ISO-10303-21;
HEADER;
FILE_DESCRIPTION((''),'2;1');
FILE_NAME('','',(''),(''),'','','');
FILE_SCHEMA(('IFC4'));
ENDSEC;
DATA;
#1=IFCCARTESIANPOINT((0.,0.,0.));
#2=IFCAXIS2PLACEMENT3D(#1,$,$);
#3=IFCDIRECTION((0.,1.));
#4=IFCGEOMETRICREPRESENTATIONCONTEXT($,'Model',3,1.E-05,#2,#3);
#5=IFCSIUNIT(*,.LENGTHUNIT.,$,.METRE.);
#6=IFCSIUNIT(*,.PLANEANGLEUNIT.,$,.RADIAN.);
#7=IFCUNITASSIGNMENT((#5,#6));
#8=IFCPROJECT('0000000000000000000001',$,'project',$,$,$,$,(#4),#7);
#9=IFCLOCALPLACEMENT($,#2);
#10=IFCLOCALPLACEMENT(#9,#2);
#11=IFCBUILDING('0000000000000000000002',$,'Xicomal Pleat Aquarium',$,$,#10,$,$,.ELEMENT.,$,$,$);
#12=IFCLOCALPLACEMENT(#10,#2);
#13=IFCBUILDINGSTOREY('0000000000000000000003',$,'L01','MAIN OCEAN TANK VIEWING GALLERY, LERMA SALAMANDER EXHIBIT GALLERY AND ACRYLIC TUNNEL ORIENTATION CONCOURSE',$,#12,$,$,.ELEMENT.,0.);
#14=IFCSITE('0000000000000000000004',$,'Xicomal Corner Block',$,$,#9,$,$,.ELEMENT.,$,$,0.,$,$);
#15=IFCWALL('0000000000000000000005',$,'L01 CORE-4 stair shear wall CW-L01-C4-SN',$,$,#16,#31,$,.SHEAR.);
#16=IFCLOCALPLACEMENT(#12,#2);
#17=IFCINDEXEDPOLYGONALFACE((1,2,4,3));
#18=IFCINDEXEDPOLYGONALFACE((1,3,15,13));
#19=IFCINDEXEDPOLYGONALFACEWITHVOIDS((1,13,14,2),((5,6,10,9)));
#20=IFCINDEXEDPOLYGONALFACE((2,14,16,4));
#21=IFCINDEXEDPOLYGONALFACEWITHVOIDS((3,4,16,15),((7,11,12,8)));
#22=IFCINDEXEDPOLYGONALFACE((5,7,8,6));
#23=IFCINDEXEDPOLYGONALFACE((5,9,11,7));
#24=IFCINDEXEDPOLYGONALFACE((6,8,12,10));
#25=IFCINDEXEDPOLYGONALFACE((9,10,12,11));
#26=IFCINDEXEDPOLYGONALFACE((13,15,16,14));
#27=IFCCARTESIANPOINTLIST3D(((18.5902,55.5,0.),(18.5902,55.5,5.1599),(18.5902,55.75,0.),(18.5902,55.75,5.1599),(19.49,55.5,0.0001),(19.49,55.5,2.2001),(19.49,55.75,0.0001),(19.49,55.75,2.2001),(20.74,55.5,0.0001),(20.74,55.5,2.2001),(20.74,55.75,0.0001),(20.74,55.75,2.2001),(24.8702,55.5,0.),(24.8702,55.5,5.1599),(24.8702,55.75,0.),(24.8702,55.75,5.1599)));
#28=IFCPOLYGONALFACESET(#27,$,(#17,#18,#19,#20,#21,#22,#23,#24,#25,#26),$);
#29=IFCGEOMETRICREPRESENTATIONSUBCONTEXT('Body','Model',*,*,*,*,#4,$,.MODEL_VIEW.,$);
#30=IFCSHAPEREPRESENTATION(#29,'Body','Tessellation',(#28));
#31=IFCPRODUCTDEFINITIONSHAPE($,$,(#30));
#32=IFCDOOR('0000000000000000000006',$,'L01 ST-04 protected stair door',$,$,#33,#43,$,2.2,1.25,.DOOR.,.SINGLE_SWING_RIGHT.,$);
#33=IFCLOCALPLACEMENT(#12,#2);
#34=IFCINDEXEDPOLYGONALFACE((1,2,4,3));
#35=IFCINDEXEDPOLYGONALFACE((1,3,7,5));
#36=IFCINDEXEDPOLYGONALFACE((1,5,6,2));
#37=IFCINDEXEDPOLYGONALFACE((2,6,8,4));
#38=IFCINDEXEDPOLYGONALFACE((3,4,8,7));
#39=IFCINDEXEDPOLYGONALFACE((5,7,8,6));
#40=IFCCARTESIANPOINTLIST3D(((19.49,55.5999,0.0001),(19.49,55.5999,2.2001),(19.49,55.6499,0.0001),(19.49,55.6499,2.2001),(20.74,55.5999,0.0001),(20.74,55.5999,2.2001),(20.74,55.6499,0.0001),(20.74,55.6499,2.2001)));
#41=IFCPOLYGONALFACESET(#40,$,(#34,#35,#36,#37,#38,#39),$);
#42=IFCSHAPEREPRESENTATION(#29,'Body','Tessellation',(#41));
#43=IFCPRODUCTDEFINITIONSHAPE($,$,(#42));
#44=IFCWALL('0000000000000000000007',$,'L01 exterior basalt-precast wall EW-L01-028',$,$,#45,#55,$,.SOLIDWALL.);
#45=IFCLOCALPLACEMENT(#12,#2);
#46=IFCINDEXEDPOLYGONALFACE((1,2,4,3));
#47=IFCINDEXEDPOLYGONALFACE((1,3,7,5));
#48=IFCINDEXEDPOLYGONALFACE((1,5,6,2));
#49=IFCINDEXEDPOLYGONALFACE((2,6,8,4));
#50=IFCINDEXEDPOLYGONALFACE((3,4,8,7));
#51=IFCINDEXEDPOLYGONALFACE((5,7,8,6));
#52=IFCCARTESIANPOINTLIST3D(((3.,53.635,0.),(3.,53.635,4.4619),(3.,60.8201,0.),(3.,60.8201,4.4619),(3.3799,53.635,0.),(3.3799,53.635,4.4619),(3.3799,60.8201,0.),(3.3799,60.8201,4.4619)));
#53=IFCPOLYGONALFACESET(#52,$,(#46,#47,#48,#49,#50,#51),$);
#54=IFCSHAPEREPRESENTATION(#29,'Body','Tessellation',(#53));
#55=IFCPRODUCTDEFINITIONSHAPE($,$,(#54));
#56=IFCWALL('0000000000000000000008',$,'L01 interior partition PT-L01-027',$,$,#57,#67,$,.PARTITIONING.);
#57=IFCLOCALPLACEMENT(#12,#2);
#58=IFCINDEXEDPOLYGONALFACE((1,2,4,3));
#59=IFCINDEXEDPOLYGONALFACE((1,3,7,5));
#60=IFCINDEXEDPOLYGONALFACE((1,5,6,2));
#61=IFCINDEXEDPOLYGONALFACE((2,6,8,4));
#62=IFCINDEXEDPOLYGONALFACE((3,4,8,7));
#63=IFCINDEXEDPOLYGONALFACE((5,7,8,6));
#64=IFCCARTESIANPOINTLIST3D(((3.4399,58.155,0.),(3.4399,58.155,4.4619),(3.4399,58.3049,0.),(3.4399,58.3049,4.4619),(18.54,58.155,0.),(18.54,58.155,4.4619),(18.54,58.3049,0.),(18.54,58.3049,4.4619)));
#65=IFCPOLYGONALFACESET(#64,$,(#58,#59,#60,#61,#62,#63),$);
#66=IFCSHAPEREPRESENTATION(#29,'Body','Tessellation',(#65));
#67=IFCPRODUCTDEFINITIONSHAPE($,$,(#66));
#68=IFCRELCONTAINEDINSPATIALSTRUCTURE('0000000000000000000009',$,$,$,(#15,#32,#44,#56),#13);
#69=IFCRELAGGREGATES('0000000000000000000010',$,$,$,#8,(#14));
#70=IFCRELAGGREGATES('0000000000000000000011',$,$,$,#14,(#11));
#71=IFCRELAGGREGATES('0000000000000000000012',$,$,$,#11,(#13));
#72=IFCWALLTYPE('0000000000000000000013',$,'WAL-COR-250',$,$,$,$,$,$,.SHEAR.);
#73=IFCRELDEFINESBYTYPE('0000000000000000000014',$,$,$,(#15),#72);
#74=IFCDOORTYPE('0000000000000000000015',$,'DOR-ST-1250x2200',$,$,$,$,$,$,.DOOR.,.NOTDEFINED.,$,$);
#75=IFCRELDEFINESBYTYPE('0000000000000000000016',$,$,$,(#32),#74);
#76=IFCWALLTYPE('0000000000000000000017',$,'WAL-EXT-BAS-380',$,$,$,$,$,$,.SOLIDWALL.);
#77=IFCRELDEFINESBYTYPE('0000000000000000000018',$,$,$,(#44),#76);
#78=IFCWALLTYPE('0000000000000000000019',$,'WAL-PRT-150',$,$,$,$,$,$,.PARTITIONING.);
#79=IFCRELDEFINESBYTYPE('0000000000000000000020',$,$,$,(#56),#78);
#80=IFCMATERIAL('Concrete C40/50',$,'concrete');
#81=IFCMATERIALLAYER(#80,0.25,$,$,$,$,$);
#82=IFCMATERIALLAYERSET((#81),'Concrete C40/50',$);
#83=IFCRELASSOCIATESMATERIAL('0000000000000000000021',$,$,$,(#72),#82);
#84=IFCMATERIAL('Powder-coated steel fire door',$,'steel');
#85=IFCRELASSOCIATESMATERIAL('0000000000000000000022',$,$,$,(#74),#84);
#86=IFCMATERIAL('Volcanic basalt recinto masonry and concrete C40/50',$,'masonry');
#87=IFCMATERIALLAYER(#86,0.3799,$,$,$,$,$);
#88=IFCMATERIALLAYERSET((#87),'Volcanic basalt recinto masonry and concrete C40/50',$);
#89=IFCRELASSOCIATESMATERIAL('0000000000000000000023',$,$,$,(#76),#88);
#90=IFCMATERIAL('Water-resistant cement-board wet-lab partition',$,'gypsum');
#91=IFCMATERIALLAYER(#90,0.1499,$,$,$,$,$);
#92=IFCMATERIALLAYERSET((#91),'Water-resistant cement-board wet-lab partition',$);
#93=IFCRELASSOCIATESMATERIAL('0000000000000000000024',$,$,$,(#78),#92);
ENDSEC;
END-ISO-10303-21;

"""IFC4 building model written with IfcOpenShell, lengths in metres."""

from ifc_helpers import new_model, si_unit, direction, frame, frame_2d, origin, place, context, subcontext, project, spatial, rectangle, extrude, material, layer, layer_set, type_object, element, fill, save


model = new_model("IFC4")

# Units and contexts
model_context = context("Model", 3, precision=1e-05, world=origin(), true_north=direction((0.0, 1.0)))
body_context = subcontext(model_context, "Body", "Model", "MODEL_VIEW")
ifc_project = project(units=[si_unit("LENGTHUNIT", "METRE"), si_unit("PLANEANGLEUNIT", "RADIAN")], contexts=[model_context])

# Site, building, storey
site_placement = place(None, origin())
site = spatial("IfcSite", under=ifc_project, at=site_placement, Name="Xicomal Corner Block", CompositionType="ELEMENT", RefElevation=0.0)
building_placement = place(site_placement, origin())
building = spatial("IfcBuilding", under=site, at=building_placement, Name="Xicomal Pleat Aquarium", CompositionType="ELEMENT")
storey_placement = place(building_placement, origin())
storey = spatial("IfcBuildingStorey", under=building, at=storey_placement, Name="L01", Description="MAIN OCEAN TANK VIEWING GALLERY, LERMA SALAMANDER EXHIBIT GALLERY AND ACRYLIC TUNNEL ORIENTATION CONCOURSE", CompositionType="ELEMENT", Elevation=0.0)

# Wall, opening, door
ifc_material_1 = material(Name="Concrete C40/50", Category="concrete")
ifc_layer_1 = layer(ifc_material_1, 0.25)
ifc_layer_set_1 = layer_set([ifc_layer_1], Name="Concrete C40/50")
wall_type_1 = type_object("IfcWallType", Name="WAL-COR-250", PredefinedType="SHEAR", material=ifc_layer_set_1)
wall_1_placement = place(storey_placement, frame((18.5901, 55.625, 0.0), z_axis=(0.0, 0.0, 1.0), x_axis=(1.0, 0.0, 0.0)))
wall_1 = element("IfcWall", 1, at=wall_1_placement, inside=storey, type_object=wall_type_1, Name="L01 CORE-4 stair shear wall CW-L01-C4-SN", PredefinedType="SHEAR", context=body_context, shape_type="SweptSolid", body=[
    extrude(rectangle(XDim=6.28, YDim=0.25, at=frame_2d((3.1401, 0.0))), origin(), (0.0, 0.0, 1.0), 5.1599),
])
opening_placement = place(wall_1_placement, frame((0.8999, 0.0, 0.0)))
opening = element("IfcOpeningElement", 2, at=opening_placement, cuts=wall_1, PredefinedType="OPENING", context=body_context, shape_type="SweptSolid", body=[
    extrude(rectangle(XDim=1.25, YDim=2.2, at=frame_2d((0.625, 1.1001))), frame((0.0, 0.135, 0.0), z_axis=(0.0, -1.0, 0.0), x_axis=(1.0, 0.0, 0.0)), (0.0, 0.0, 1.0), 0.27),
])
ifc_material_2 = material(Name="Powder-coated steel fire door", Category="steel")
door_type = type_object("IfcDoorType", Name="DOR-ST-1250x2200", OperationType="NOTDEFINED", PredefinedType="DOOR", material=ifc_material_2)
door_placement = place(opening_placement, origin())
door = element("IfcDoor", 3, at=door_placement, inside=storey, type_object=door_type, Name="L01 ST-04 protected stair door", OperationType="SINGLE_SWING_RIGHT", OverallHeight=2.2, OverallWidth=1.25, PredefinedType="DOOR", context=body_context, shape_type="SweptSolid", body=[
    extrude(rectangle(XDim=1.25, YDim=2.2, at=frame_2d((0.625, 1.1001))), frame((0.0, 0.0249, 0.0), z_axis=(0.0, -1.0, 0.0), x_axis=(1.0, 0.0, 0.0)), (0.0, 0.0, 1.0), 0.05),
])
fill(opening, door)

# Walls
ifc_material_3 = material(Name="Volcanic basalt recinto masonry and concrete C40/50", Category="masonry")
ifc_layer_2 = layer(ifc_material_3, 0.3799)
ifc_layer_set_2 = layer_set([ifc_layer_2], Name="Volcanic basalt recinto masonry and concrete C40/50")
wall_type_2 = type_object("IfcWallType", Name="WAL-EXT-BAS-380", PredefinedType="SOLIDWALL", material=ifc_layer_set_2)
wall_2_placement = place(storey_placement, frame((3.1899, 53.635, 0.0), z_axis=(0.0, 0.0, 1.0), x_axis=(0.0, 1.0, 0.0)))
element("IfcWall", 4, at=wall_2_placement, inside=storey, type_object=wall_type_2, Name="L01 exterior basalt-precast wall EW-L01-028", PredefinedType="SOLIDWALL", context=body_context, shape_type="SweptSolid", body=[
    extrude(rectangle(XDim=7.1851, YDim=0.3799, at=frame_2d((3.5925, 0.0))), origin(), (0.0, 0.0, 1.0), 4.4619),
])
ifc_material_4 = material(Name="Water-resistant cement-board wet-lab partition", Category="gypsum")
ifc_layer_3 = layer(ifc_material_4, 0.1499)
ifc_layer_set_3 = layer_set([ifc_layer_3], Name="Water-resistant cement-board wet-lab partition")
wall_type_3 = type_object("IfcWallType", Name="WAL-PRT-150", PredefinedType="PARTITIONING", material=ifc_layer_set_3)
wall_3_placement = place(storey_placement, frame((18.54, 58.23, 0.0), z_axis=(0.0, 0.0, 1.0), x_axis=(-1.0, 0.0, 0.0)))
element("IfcWall", 5, at=wall_3_placement, inside=storey, type_object=wall_type_3, Name="L01 interior partition PT-L01-027", PredefinedType="PARTITIONING", context=body_context, shape_type="SweptSolid", body=[
    extrude(rectangle(XDim=15.1001, YDim=0.1499, at=frame_2d((7.55, 0.0))), origin(), (0.0, 0.0, 1.0), 4.4619),
])

save(model, "model.ifc")
